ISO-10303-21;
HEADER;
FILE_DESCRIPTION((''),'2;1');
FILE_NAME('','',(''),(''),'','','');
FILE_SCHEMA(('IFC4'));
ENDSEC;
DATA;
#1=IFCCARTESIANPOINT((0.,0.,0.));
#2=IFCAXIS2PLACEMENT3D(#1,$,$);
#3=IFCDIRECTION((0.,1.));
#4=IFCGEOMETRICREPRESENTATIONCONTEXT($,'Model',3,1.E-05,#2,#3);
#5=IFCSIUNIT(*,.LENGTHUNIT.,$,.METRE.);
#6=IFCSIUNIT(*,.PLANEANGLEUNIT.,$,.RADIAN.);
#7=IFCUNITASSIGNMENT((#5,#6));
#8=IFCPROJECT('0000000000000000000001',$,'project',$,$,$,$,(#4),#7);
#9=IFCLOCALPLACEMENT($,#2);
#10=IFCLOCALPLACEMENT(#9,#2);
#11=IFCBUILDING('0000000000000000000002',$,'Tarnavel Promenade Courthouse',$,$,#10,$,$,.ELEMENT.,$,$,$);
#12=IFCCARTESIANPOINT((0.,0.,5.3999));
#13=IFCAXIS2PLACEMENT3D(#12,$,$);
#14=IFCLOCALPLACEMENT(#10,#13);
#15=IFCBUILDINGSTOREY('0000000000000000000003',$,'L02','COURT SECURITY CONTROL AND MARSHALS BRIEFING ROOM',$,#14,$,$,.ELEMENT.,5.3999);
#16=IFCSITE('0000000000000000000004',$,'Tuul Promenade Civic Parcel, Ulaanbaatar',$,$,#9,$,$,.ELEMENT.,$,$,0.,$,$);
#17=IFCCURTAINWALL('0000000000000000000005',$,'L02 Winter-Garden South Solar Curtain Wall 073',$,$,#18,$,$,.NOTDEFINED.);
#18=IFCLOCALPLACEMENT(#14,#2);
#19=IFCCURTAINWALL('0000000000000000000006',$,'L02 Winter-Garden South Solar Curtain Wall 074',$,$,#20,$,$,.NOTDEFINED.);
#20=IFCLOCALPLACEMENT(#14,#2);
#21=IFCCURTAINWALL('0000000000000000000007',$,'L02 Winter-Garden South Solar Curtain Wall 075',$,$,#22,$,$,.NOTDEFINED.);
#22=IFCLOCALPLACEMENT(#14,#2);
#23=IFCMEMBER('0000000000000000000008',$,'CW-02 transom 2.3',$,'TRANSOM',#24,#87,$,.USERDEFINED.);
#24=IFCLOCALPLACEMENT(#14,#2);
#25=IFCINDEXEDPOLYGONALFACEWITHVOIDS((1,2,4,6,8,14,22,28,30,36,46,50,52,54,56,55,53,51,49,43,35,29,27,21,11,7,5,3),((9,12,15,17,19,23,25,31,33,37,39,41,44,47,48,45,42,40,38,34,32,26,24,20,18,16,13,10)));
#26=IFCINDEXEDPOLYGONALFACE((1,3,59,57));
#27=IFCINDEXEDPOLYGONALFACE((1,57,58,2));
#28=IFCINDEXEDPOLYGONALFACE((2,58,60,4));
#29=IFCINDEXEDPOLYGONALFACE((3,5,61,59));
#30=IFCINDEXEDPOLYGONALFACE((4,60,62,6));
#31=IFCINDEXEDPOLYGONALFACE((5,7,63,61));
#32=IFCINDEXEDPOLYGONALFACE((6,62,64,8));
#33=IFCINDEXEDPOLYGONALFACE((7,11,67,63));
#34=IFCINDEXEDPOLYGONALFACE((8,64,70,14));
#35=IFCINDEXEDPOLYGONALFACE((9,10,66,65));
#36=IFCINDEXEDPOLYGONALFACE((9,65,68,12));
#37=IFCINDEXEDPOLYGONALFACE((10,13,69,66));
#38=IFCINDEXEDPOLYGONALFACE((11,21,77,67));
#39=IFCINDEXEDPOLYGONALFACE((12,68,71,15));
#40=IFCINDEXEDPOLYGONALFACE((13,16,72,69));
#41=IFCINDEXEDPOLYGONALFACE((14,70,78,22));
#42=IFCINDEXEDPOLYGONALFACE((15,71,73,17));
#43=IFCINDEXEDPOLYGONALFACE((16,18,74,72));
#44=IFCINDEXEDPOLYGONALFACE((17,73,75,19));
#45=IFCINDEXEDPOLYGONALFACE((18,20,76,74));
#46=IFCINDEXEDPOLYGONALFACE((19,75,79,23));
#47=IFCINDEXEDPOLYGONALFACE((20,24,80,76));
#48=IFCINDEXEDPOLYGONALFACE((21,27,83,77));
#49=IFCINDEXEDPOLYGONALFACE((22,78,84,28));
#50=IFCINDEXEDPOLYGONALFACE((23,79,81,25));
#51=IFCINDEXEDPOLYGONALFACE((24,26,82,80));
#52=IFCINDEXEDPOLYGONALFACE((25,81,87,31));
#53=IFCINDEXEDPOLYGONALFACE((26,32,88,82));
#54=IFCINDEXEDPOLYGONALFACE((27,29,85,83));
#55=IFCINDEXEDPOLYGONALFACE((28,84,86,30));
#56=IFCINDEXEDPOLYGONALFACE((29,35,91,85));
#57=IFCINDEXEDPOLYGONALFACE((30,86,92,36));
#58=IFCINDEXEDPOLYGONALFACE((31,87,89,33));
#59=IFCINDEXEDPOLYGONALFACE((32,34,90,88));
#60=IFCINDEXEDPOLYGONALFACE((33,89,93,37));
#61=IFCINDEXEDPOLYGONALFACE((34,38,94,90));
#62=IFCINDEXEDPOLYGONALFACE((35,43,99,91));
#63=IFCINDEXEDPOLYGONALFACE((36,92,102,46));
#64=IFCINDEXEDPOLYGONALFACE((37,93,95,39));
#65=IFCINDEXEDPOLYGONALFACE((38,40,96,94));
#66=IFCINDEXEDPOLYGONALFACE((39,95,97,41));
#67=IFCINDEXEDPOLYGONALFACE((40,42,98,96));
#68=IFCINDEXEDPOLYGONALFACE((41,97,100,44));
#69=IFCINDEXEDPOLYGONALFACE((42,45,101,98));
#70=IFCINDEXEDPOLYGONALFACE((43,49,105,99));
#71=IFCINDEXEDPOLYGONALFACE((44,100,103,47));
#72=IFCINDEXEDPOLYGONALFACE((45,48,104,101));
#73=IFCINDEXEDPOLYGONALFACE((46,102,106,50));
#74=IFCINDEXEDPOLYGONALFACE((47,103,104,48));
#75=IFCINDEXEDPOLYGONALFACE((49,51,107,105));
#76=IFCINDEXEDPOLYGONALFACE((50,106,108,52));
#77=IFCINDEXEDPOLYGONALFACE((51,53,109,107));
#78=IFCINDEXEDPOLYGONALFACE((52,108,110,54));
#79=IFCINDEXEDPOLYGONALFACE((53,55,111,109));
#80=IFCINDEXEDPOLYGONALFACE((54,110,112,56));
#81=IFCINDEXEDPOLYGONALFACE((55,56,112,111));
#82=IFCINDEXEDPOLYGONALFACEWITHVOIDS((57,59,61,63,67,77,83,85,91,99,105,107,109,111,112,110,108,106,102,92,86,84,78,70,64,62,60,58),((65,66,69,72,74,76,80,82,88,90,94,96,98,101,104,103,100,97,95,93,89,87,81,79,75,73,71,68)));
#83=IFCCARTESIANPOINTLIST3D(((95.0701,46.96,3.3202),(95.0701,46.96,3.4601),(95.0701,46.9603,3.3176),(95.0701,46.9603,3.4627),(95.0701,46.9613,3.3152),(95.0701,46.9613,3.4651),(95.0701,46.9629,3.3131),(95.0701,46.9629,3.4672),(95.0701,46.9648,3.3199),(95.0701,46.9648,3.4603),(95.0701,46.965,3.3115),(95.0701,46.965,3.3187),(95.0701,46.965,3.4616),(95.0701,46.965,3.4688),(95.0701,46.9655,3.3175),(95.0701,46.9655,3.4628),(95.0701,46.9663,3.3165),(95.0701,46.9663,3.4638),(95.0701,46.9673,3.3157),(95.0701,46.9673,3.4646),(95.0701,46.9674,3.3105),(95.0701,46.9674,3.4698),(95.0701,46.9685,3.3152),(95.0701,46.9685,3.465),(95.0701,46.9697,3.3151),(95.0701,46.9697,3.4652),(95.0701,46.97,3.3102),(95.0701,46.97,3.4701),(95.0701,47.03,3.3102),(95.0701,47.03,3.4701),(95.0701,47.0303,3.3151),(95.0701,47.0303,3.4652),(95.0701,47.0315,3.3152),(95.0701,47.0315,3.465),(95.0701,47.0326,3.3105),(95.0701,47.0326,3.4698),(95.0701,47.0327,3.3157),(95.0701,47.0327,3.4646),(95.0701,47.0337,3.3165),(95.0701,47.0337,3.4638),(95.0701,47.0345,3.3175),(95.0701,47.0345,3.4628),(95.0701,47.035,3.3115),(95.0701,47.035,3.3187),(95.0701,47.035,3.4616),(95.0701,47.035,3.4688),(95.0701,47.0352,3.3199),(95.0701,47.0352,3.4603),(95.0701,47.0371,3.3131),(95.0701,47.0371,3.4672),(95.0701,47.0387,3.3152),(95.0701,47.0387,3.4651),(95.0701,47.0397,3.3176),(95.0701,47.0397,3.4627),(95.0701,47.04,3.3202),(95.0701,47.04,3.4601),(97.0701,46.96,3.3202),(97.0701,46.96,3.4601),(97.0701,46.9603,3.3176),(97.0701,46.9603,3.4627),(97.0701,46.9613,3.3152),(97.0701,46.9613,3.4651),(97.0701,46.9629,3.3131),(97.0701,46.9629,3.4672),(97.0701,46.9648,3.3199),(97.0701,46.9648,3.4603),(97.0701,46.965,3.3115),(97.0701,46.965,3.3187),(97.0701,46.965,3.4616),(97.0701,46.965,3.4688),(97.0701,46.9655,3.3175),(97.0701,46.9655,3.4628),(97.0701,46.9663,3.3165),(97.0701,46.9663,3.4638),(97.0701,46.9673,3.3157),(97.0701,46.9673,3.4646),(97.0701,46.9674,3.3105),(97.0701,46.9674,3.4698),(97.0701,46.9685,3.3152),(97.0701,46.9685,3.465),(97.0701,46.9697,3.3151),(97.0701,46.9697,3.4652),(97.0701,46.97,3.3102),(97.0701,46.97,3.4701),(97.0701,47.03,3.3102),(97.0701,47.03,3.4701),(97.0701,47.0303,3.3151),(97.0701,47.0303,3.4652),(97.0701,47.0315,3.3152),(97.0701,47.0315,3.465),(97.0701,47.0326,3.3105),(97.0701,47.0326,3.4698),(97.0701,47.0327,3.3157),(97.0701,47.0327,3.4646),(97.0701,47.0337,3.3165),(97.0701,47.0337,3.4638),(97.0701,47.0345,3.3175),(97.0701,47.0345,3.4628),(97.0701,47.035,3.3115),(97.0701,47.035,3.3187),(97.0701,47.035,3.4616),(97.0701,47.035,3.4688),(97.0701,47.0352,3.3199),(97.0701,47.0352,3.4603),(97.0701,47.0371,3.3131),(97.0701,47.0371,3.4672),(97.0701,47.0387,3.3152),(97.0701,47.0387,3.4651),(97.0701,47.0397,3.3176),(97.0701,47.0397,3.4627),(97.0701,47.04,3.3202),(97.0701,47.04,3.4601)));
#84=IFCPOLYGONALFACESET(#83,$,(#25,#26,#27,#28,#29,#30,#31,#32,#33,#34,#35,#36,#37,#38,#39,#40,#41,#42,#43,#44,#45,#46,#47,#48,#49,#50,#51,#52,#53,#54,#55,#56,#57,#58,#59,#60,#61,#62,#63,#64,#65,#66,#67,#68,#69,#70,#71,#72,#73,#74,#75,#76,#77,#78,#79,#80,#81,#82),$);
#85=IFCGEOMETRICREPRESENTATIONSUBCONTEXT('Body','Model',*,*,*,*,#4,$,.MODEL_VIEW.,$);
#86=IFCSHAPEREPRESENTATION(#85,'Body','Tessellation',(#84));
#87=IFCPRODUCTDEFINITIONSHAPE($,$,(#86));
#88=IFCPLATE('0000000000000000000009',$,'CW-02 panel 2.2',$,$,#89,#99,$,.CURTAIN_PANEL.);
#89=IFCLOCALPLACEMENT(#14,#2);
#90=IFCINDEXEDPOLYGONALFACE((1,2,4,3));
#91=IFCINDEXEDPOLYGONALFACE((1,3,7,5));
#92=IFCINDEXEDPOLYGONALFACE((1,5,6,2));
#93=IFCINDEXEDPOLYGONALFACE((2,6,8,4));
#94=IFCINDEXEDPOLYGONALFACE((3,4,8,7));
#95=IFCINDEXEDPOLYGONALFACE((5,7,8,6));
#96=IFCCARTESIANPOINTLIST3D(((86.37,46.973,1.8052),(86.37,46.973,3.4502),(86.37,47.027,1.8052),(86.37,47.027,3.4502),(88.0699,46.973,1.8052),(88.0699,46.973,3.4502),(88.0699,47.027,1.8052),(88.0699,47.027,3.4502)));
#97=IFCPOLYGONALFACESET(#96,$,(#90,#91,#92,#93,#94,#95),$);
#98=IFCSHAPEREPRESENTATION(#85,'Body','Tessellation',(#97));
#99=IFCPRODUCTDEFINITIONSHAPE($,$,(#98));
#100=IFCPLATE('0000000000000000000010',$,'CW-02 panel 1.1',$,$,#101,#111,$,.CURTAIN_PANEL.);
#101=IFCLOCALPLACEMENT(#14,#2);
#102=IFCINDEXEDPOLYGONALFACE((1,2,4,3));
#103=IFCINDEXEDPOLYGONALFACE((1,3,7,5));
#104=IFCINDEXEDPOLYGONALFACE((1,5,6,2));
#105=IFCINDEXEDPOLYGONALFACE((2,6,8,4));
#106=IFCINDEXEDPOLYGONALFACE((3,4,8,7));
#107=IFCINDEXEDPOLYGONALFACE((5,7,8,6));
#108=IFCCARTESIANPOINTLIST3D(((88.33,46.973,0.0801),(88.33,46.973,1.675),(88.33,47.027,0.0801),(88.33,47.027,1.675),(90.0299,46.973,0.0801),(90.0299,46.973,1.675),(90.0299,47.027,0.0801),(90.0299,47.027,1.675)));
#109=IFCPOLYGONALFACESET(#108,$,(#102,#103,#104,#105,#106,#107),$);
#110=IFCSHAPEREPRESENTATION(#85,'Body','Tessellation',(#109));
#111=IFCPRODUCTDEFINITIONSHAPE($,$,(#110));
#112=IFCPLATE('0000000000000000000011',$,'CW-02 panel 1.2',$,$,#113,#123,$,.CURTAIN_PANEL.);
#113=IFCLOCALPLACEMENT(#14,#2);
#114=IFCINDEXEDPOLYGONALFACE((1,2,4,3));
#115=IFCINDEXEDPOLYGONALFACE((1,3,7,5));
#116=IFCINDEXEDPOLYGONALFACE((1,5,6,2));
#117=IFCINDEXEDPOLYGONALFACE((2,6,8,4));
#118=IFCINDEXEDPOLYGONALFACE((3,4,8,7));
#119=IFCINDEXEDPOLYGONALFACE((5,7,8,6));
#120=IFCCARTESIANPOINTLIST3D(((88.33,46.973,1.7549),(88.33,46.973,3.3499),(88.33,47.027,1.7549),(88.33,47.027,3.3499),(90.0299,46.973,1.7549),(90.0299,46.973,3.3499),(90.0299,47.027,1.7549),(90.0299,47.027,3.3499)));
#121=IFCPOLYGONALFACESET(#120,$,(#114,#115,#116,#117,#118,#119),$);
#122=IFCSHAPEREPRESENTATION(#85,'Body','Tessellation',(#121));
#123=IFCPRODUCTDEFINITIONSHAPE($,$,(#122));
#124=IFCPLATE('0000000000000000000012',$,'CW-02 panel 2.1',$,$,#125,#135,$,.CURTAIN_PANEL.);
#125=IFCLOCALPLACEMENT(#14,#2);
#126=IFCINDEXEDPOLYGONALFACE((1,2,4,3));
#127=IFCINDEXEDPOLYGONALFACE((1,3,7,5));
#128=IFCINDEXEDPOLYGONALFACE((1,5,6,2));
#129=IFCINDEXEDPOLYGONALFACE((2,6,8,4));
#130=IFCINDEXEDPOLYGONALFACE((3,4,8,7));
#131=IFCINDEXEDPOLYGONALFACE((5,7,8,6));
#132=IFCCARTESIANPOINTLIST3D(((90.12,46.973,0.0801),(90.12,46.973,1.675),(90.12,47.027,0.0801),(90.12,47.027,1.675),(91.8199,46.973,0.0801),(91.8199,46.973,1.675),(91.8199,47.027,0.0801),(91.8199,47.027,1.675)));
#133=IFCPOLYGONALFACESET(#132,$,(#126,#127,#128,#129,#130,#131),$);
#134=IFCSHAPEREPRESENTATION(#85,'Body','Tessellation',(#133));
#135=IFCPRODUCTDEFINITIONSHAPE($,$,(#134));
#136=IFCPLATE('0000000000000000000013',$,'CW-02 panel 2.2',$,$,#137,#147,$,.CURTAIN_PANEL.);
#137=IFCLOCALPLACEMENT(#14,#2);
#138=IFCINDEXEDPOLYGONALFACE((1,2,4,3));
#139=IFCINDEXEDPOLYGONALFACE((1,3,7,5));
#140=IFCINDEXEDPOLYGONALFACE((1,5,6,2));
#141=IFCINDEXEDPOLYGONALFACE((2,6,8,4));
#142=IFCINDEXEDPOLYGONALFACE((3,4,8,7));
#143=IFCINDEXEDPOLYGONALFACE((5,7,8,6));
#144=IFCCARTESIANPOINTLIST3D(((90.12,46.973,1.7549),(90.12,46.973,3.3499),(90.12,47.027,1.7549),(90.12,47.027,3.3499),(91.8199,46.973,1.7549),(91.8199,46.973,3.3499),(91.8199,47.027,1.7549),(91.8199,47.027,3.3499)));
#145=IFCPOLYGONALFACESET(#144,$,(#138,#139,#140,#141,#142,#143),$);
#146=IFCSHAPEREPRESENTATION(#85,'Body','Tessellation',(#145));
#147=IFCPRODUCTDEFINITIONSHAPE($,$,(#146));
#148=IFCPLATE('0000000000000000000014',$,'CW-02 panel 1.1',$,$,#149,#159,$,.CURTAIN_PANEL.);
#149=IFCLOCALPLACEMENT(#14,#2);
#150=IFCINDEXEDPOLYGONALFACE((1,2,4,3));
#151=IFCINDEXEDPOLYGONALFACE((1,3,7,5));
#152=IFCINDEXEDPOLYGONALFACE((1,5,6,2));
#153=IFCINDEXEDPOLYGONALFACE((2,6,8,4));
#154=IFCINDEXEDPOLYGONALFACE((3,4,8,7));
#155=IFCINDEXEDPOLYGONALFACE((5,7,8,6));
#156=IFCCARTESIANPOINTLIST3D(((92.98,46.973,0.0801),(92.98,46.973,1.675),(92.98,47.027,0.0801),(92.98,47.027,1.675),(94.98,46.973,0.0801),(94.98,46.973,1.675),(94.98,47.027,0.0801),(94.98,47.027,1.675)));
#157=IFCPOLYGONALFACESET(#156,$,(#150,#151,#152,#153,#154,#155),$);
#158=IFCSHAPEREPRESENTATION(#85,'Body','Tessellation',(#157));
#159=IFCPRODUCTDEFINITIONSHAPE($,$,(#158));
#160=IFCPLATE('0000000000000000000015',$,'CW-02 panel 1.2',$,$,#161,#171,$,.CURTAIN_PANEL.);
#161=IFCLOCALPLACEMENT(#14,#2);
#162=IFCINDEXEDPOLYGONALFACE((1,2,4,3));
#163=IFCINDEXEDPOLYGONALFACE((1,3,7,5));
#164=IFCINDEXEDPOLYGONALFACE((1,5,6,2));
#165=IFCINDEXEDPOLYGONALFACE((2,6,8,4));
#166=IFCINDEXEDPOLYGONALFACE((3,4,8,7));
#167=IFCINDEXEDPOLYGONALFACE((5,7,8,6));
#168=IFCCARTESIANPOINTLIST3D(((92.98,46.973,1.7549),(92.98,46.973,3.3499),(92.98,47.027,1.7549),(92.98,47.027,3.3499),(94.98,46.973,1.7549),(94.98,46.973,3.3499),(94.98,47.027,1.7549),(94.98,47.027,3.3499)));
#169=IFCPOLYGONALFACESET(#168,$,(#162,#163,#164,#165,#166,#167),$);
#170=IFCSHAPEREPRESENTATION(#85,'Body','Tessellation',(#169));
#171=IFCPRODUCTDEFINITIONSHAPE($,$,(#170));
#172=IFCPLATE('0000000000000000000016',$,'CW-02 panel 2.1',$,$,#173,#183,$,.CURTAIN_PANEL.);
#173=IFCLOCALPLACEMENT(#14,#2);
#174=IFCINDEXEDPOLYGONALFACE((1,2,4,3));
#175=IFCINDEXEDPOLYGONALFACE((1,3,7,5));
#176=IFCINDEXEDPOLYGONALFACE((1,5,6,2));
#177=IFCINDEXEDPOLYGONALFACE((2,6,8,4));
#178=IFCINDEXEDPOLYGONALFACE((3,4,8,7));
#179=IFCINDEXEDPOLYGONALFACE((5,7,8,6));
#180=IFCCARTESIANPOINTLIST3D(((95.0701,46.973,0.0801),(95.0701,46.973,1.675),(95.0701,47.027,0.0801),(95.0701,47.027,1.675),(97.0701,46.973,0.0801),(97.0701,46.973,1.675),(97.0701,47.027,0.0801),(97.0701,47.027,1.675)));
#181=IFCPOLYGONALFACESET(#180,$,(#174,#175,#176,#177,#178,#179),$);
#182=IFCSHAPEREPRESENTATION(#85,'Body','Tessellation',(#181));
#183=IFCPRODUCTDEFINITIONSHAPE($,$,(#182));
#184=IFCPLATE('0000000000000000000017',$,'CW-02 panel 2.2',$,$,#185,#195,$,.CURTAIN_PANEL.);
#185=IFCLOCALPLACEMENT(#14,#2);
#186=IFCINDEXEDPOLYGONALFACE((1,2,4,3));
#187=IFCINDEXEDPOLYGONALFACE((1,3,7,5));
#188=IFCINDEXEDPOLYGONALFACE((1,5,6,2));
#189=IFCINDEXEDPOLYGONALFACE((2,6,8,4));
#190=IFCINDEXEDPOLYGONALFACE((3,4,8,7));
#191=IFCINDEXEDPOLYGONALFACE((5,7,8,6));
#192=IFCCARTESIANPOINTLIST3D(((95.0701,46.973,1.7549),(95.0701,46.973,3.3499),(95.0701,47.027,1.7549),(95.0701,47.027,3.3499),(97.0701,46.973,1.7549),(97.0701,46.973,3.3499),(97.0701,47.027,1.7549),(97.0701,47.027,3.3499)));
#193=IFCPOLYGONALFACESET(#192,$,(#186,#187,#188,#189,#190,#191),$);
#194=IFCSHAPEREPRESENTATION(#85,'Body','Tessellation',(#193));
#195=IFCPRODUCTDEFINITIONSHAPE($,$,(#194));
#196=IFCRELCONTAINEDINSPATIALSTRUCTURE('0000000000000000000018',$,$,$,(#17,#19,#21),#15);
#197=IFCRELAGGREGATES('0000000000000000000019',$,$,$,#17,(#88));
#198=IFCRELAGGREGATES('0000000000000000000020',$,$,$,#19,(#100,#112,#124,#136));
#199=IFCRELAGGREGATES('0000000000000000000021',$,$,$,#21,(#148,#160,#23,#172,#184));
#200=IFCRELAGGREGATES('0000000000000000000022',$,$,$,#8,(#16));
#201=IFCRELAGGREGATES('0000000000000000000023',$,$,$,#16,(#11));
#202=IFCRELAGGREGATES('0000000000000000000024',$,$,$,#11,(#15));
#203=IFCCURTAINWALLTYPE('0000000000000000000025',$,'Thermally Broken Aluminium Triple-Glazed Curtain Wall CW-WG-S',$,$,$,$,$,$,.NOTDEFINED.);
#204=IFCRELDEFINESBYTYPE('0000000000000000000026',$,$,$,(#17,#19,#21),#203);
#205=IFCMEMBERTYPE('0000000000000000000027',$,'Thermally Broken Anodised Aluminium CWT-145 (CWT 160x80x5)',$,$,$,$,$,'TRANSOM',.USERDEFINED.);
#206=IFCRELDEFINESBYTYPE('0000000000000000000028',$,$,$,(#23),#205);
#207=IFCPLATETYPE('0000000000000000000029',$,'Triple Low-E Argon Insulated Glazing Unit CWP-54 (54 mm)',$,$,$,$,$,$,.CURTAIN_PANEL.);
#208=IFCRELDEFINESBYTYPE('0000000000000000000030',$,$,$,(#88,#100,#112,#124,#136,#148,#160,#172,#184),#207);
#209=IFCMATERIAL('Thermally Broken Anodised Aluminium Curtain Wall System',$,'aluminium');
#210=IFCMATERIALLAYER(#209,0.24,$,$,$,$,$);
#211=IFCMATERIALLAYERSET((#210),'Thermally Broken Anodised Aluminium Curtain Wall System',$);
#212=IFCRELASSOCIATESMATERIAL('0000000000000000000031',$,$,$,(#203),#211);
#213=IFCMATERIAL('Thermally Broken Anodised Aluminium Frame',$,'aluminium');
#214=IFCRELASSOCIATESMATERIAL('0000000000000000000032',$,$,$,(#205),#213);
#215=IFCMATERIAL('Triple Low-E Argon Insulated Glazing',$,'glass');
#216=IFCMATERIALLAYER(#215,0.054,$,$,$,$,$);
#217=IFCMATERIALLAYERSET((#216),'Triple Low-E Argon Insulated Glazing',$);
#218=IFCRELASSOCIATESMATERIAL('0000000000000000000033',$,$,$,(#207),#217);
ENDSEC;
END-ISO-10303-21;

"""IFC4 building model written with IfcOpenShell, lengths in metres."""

from ifc_helpers import new_model, si_unit, direction, frame, origin, origin_2d, place, context, subcontext, project, spatial, rectangle, hollow_rectangle, extrude, material, layer, layer_set, material_profile, profile_set, type_object, element, aggregate, save


model = new_model("IFC4")

# Units and contexts
model_context = context("Model", 3, precision=1e-05, world=origin(), true_north=direction((0.0, 1.0)))
body_context = subcontext(model_context, "Body", "Model", "MODEL_VIEW")
ifc_project = project(units=[si_unit("LENGTHUNIT", "METRE"), si_unit("PLANEANGLEUNIT", "RADIAN")], contexts=[model_context])

# Site, building, storey
site_placement = place(None, origin())
site = spatial("IfcSite", under=ifc_project, at=site_placement, Name="Tuul Promenade Civic Parcel, Ulaanbaatar", CompositionType="ELEMENT", RefElevation=0.0)
building_placement = place(site_placement, origin())
building = spatial("IfcBuilding", under=site, at=building_placement, Name="Tarnavel Promenade Courthouse", CompositionType="ELEMENT")
storey_placement = place(building_placement, frame((0.0, 0.0, 5.3999)))
storey = spatial("IfcBuildingStorey", under=building, at=storey_placement, Name="L02", Description="COURT SECURITY CONTROL AND MARSHALS BRIEFING ROOM", CompositionType="ELEMENT", Elevation=5.3999)

# Curtain wall
ifc_material_1 = material(Name="Thermally Broken Anodised Aluminium Curtain Wall System", Category="aluminium")
ifc_layer_1 = layer(ifc_material_1, 0.24)
ifc_layer_set_1 = layer_set([ifc_layer_1], Name="Thermally Broken Anodised Aluminium Curtain Wall System")
curtain_wall_type = type_object("IfcCurtainWallType", Name="Thermally Broken Aluminium Triple-Glazed Curtain Wall CW-WG-S", PredefinedType="NOTDEFINED", material=ifc_layer_set_1)
curtain_wall_1_placement = place(storey_placement, origin())
curtain_wall_1 = element("IfcCurtainWall", 1, at=curtain_wall_1_placement, inside=storey, type_object=curtain_wall_type, Name="L02 Winter-Garden South Solar Curtain Wall 073", PredefinedType="NOTDEFINED")
ifc_material_2 = material(Name="Thermally Broken Anodised Aluminium Frame", Category="aluminium")

# Curtain walls
curtain_wall_2_placement = place(storey_placement, origin())
curtain_wall_2 = element("IfcCurtainWall", 2, at=curtain_wall_2_placement, inside=storey, type_object=curtain_wall_type, Name="L02 Winter-Garden South Solar Curtain Wall 074", PredefinedType="NOTDEFINED")
curtain_wall_3_placement = place(storey_placement, origin())
curtain_wall_3 = element("IfcCurtainWall", 3, at=curtain_wall_3_placement, inside=storey, type_object=curtain_wall_type, Name="L02 Winter-Garden South Solar Curtain Wall 075", PredefinedType="NOTDEFINED")

# Member
ifc_material_profile_1 = material_profile(ifc_material_2, hollow_rectangle(XDim=0.0801, YDim=0.1599, WallThickness=0.0049, InnerFilletRadius=0.0049, OuterFilletRadius=0.01, at=origin_2d()), Name="CWT 160x80x5")
ifc_profile_set_1 = profile_set([ifc_material_profile_1], Name="Thermally Broken Anodised Aluminium Frame")
member_type_1 = type_object("IfcMemberType", Name="Thermally Broken Anodised Aluminium CWT-145 (CWT 160x80x5)", ElementType="TRANSOM", PredefinedType="USERDEFINED", material=ifc_profile_set_1)
member_1_placement = place(storey_placement, frame((95.0701, 47.0, 3.3901), z_axis=(1.0, 0.0, 0.0), x_axis=(0.0, 1.0, 0.0)))
member_1 = element("IfcMember", 4, at=member_1_placement, type_object=member_type_1, Name="CW-02 transom 2.3", ObjectType="TRANSOM", PredefinedType="USERDEFINED", context=body_context, shape_type="SweptSolid", body=[
    extrude(hollow_rectangle(XDim=0.0801, YDim=0.1599, WallThickness=0.0049, InnerFilletRadius=0.0049, OuterFilletRadius=0.01, at=origin_2d()), origin(), (0.0, 0.0, 1.0), 2.0),
])

# Plates
ifc_material_3 = material(Name="Triple Low-E Argon Insulated Glazing", Category="glass")
ifc_layer_2 = layer(ifc_material_3, 0.054)
ifc_layer_set_2 = layer_set([ifc_layer_2], Name="Triple Low-E Argon Insulated Glazing")
plate_type = type_object("IfcPlateType", Name="Triple Low-E Argon Insulated Glazing Unit CWP-54 (54 mm)", PredefinedType="CURTAIN_PANEL", material=ifc_layer_set_2)
plate_1_placement = place(storey_placement, frame((87.22, 47.0, 1.8052), z_axis=(0.0, 0.0, 1.0), x_axis=(1.0, 0.0, 0.0)))
plate_1 = element("IfcPlate", 5, at=plate_1_placement, type_object=plate_type, Name="CW-02 panel 2.2", PredefinedType="CURTAIN_PANEL", context=body_context, shape_type="SweptSolid", body=[
    extrude(rectangle(XDim=1.7, YDim=0.054, at=origin_2d()), origin(), (0.0, 0.0, 1.0), 1.645),
])
aggregate(curtain_wall_1, [plate_1])
plate_2_placement = place(storey_placement, frame((89.1799, 47.0, 0.0801), z_axis=(0.0, 0.0, 1.0), x_axis=(1.0, 0.0, 0.0)))
plate_2 = element("IfcPlate", 6, at=plate_2_placement, type_object=plate_type, Name="CW-02 panel 1.1", PredefinedType="CURTAIN_PANEL", context=body_context, shape_type="SweptSolid", body=[
    extrude(rectangle(XDim=1.7, YDim=0.054, at=origin_2d()), origin(), (0.0, 0.0, 1.0), 1.595),
])
plate_3_placement = place(storey_placement, frame((89.1799, 47.0, 1.7549), z_axis=(0.0, 0.0, 1.0), x_axis=(1.0, 0.0, 0.0)))
plate_3 = element("IfcPlate", 7, at=plate_3_placement, type_object=plate_type, Name="CW-02 panel 1.2", PredefinedType="CURTAIN_PANEL", context=body_context, shape_type="SweptSolid", body=[
    extrude(rectangle(XDim=1.7, YDim=0.054, at=origin_2d()), origin(), (0.0, 0.0, 1.0), 1.595),
])
plate_4_placement = place(storey_placement, frame((90.97, 47.0, 0.0801), z_axis=(0.0, 0.0, 1.0), x_axis=(1.0, 0.0, 0.0)))
plate_4 = element("IfcPlate", 8, at=plate_4_placement, type_object=plate_type, Name="CW-02 panel 2.1", PredefinedType="CURTAIN_PANEL", context=body_context, shape_type="SweptSolid", body=[
    extrude(rectangle(XDim=1.7, YDim=0.054, at=origin_2d()), origin(), (0.0, 0.0, 1.0), 1.595),
])
plate_5_placement = place(storey_placement, frame((90.97, 47.0, 1.7549), z_axis=(0.0, 0.0, 1.0), x_axis=(1.0, 0.0, 0.0)))
plate_5 = element("IfcPlate", 9, at=plate_5_placement, type_object=plate_type, Name="CW-02 panel 2.2", PredefinedType="CURTAIN_PANEL", context=body_context, shape_type="SweptSolid", body=[
    extrude(rectangle(XDim=1.7, YDim=0.054, at=origin_2d()), origin(), (0.0, 0.0, 1.0), 1.595),
])
aggregate(curtain_wall_2, [plate_2, plate_3, plate_4, plate_5])
plate_6_placement = place(storey_placement, frame((93.98, 47.0, 0.0801), z_axis=(0.0, 0.0, 1.0), x_axis=(1.0, 0.0, 0.0)))
plate_6 = element("IfcPlate", 10, at=plate_6_placement, type_object=plate_type, Name="CW-02 panel 1.1", PredefinedType="CURTAIN_PANEL", context=body_context, shape_type="SweptSolid", body=[
    extrude(rectangle(XDim=2.0, YDim=0.054, at=origin_2d()), origin(), (0.0, 0.0, 1.0), 1.595),
])
plate_7_placement = place(storey_placement, frame((93.98, 47.0, 1.7549), z_axis=(0.0, 0.0, 1.0), x_axis=(1.0, 0.0, 0.0)))
plate_7 = element("IfcPlate", 11, at=plate_7_placement, type_object=plate_type, Name="CW-02 panel 1.2", PredefinedType="CURTAIN_PANEL", context=body_context, shape_type="SweptSolid", body=[
    extrude(rectangle(XDim=2.0, YDim=0.054, at=origin_2d()), origin(), (0.0, 0.0, 1.0), 1.595),
])
plate_8_placement = place(storey_placement, frame((96.0701, 47.0, 0.0801), z_axis=(0.0, 0.0, 1.0), x_axis=(1.0, 0.0, 0.0)))
plate_8 = element("IfcPlate", 12, at=plate_8_placement, type_object=plate_type, Name="CW-02 panel 2.1", PredefinedType="CURTAIN_PANEL", context=body_context, shape_type="SweptSolid", body=[
    extrude(rectangle(XDim=2.0, YDim=0.054, at=origin_2d()), origin(), (0.0, 0.0, 1.0), 1.595),
])
plate_9_placement = place(storey_placement, frame((96.0701, 47.0, 1.7549), z_axis=(0.0, 0.0, 1.0), x_axis=(1.0, 0.0, 0.0)))
plate_9 = element("IfcPlate", 13, at=plate_9_placement, type_object=plate_type, Name="CW-02 panel 2.2", PredefinedType="CURTAIN_PANEL", context=body_context, shape_type="SweptSolid", body=[
    extrude(rectangle(XDim=2.0, YDim=0.054, at=origin_2d()), origin(), (0.0, 0.0, 1.0), 1.595),
])
aggregate(curtain_wall_3, [plate_6, plate_7, member_1, plate_8, plate_9])

save(model, "model.ifc")
